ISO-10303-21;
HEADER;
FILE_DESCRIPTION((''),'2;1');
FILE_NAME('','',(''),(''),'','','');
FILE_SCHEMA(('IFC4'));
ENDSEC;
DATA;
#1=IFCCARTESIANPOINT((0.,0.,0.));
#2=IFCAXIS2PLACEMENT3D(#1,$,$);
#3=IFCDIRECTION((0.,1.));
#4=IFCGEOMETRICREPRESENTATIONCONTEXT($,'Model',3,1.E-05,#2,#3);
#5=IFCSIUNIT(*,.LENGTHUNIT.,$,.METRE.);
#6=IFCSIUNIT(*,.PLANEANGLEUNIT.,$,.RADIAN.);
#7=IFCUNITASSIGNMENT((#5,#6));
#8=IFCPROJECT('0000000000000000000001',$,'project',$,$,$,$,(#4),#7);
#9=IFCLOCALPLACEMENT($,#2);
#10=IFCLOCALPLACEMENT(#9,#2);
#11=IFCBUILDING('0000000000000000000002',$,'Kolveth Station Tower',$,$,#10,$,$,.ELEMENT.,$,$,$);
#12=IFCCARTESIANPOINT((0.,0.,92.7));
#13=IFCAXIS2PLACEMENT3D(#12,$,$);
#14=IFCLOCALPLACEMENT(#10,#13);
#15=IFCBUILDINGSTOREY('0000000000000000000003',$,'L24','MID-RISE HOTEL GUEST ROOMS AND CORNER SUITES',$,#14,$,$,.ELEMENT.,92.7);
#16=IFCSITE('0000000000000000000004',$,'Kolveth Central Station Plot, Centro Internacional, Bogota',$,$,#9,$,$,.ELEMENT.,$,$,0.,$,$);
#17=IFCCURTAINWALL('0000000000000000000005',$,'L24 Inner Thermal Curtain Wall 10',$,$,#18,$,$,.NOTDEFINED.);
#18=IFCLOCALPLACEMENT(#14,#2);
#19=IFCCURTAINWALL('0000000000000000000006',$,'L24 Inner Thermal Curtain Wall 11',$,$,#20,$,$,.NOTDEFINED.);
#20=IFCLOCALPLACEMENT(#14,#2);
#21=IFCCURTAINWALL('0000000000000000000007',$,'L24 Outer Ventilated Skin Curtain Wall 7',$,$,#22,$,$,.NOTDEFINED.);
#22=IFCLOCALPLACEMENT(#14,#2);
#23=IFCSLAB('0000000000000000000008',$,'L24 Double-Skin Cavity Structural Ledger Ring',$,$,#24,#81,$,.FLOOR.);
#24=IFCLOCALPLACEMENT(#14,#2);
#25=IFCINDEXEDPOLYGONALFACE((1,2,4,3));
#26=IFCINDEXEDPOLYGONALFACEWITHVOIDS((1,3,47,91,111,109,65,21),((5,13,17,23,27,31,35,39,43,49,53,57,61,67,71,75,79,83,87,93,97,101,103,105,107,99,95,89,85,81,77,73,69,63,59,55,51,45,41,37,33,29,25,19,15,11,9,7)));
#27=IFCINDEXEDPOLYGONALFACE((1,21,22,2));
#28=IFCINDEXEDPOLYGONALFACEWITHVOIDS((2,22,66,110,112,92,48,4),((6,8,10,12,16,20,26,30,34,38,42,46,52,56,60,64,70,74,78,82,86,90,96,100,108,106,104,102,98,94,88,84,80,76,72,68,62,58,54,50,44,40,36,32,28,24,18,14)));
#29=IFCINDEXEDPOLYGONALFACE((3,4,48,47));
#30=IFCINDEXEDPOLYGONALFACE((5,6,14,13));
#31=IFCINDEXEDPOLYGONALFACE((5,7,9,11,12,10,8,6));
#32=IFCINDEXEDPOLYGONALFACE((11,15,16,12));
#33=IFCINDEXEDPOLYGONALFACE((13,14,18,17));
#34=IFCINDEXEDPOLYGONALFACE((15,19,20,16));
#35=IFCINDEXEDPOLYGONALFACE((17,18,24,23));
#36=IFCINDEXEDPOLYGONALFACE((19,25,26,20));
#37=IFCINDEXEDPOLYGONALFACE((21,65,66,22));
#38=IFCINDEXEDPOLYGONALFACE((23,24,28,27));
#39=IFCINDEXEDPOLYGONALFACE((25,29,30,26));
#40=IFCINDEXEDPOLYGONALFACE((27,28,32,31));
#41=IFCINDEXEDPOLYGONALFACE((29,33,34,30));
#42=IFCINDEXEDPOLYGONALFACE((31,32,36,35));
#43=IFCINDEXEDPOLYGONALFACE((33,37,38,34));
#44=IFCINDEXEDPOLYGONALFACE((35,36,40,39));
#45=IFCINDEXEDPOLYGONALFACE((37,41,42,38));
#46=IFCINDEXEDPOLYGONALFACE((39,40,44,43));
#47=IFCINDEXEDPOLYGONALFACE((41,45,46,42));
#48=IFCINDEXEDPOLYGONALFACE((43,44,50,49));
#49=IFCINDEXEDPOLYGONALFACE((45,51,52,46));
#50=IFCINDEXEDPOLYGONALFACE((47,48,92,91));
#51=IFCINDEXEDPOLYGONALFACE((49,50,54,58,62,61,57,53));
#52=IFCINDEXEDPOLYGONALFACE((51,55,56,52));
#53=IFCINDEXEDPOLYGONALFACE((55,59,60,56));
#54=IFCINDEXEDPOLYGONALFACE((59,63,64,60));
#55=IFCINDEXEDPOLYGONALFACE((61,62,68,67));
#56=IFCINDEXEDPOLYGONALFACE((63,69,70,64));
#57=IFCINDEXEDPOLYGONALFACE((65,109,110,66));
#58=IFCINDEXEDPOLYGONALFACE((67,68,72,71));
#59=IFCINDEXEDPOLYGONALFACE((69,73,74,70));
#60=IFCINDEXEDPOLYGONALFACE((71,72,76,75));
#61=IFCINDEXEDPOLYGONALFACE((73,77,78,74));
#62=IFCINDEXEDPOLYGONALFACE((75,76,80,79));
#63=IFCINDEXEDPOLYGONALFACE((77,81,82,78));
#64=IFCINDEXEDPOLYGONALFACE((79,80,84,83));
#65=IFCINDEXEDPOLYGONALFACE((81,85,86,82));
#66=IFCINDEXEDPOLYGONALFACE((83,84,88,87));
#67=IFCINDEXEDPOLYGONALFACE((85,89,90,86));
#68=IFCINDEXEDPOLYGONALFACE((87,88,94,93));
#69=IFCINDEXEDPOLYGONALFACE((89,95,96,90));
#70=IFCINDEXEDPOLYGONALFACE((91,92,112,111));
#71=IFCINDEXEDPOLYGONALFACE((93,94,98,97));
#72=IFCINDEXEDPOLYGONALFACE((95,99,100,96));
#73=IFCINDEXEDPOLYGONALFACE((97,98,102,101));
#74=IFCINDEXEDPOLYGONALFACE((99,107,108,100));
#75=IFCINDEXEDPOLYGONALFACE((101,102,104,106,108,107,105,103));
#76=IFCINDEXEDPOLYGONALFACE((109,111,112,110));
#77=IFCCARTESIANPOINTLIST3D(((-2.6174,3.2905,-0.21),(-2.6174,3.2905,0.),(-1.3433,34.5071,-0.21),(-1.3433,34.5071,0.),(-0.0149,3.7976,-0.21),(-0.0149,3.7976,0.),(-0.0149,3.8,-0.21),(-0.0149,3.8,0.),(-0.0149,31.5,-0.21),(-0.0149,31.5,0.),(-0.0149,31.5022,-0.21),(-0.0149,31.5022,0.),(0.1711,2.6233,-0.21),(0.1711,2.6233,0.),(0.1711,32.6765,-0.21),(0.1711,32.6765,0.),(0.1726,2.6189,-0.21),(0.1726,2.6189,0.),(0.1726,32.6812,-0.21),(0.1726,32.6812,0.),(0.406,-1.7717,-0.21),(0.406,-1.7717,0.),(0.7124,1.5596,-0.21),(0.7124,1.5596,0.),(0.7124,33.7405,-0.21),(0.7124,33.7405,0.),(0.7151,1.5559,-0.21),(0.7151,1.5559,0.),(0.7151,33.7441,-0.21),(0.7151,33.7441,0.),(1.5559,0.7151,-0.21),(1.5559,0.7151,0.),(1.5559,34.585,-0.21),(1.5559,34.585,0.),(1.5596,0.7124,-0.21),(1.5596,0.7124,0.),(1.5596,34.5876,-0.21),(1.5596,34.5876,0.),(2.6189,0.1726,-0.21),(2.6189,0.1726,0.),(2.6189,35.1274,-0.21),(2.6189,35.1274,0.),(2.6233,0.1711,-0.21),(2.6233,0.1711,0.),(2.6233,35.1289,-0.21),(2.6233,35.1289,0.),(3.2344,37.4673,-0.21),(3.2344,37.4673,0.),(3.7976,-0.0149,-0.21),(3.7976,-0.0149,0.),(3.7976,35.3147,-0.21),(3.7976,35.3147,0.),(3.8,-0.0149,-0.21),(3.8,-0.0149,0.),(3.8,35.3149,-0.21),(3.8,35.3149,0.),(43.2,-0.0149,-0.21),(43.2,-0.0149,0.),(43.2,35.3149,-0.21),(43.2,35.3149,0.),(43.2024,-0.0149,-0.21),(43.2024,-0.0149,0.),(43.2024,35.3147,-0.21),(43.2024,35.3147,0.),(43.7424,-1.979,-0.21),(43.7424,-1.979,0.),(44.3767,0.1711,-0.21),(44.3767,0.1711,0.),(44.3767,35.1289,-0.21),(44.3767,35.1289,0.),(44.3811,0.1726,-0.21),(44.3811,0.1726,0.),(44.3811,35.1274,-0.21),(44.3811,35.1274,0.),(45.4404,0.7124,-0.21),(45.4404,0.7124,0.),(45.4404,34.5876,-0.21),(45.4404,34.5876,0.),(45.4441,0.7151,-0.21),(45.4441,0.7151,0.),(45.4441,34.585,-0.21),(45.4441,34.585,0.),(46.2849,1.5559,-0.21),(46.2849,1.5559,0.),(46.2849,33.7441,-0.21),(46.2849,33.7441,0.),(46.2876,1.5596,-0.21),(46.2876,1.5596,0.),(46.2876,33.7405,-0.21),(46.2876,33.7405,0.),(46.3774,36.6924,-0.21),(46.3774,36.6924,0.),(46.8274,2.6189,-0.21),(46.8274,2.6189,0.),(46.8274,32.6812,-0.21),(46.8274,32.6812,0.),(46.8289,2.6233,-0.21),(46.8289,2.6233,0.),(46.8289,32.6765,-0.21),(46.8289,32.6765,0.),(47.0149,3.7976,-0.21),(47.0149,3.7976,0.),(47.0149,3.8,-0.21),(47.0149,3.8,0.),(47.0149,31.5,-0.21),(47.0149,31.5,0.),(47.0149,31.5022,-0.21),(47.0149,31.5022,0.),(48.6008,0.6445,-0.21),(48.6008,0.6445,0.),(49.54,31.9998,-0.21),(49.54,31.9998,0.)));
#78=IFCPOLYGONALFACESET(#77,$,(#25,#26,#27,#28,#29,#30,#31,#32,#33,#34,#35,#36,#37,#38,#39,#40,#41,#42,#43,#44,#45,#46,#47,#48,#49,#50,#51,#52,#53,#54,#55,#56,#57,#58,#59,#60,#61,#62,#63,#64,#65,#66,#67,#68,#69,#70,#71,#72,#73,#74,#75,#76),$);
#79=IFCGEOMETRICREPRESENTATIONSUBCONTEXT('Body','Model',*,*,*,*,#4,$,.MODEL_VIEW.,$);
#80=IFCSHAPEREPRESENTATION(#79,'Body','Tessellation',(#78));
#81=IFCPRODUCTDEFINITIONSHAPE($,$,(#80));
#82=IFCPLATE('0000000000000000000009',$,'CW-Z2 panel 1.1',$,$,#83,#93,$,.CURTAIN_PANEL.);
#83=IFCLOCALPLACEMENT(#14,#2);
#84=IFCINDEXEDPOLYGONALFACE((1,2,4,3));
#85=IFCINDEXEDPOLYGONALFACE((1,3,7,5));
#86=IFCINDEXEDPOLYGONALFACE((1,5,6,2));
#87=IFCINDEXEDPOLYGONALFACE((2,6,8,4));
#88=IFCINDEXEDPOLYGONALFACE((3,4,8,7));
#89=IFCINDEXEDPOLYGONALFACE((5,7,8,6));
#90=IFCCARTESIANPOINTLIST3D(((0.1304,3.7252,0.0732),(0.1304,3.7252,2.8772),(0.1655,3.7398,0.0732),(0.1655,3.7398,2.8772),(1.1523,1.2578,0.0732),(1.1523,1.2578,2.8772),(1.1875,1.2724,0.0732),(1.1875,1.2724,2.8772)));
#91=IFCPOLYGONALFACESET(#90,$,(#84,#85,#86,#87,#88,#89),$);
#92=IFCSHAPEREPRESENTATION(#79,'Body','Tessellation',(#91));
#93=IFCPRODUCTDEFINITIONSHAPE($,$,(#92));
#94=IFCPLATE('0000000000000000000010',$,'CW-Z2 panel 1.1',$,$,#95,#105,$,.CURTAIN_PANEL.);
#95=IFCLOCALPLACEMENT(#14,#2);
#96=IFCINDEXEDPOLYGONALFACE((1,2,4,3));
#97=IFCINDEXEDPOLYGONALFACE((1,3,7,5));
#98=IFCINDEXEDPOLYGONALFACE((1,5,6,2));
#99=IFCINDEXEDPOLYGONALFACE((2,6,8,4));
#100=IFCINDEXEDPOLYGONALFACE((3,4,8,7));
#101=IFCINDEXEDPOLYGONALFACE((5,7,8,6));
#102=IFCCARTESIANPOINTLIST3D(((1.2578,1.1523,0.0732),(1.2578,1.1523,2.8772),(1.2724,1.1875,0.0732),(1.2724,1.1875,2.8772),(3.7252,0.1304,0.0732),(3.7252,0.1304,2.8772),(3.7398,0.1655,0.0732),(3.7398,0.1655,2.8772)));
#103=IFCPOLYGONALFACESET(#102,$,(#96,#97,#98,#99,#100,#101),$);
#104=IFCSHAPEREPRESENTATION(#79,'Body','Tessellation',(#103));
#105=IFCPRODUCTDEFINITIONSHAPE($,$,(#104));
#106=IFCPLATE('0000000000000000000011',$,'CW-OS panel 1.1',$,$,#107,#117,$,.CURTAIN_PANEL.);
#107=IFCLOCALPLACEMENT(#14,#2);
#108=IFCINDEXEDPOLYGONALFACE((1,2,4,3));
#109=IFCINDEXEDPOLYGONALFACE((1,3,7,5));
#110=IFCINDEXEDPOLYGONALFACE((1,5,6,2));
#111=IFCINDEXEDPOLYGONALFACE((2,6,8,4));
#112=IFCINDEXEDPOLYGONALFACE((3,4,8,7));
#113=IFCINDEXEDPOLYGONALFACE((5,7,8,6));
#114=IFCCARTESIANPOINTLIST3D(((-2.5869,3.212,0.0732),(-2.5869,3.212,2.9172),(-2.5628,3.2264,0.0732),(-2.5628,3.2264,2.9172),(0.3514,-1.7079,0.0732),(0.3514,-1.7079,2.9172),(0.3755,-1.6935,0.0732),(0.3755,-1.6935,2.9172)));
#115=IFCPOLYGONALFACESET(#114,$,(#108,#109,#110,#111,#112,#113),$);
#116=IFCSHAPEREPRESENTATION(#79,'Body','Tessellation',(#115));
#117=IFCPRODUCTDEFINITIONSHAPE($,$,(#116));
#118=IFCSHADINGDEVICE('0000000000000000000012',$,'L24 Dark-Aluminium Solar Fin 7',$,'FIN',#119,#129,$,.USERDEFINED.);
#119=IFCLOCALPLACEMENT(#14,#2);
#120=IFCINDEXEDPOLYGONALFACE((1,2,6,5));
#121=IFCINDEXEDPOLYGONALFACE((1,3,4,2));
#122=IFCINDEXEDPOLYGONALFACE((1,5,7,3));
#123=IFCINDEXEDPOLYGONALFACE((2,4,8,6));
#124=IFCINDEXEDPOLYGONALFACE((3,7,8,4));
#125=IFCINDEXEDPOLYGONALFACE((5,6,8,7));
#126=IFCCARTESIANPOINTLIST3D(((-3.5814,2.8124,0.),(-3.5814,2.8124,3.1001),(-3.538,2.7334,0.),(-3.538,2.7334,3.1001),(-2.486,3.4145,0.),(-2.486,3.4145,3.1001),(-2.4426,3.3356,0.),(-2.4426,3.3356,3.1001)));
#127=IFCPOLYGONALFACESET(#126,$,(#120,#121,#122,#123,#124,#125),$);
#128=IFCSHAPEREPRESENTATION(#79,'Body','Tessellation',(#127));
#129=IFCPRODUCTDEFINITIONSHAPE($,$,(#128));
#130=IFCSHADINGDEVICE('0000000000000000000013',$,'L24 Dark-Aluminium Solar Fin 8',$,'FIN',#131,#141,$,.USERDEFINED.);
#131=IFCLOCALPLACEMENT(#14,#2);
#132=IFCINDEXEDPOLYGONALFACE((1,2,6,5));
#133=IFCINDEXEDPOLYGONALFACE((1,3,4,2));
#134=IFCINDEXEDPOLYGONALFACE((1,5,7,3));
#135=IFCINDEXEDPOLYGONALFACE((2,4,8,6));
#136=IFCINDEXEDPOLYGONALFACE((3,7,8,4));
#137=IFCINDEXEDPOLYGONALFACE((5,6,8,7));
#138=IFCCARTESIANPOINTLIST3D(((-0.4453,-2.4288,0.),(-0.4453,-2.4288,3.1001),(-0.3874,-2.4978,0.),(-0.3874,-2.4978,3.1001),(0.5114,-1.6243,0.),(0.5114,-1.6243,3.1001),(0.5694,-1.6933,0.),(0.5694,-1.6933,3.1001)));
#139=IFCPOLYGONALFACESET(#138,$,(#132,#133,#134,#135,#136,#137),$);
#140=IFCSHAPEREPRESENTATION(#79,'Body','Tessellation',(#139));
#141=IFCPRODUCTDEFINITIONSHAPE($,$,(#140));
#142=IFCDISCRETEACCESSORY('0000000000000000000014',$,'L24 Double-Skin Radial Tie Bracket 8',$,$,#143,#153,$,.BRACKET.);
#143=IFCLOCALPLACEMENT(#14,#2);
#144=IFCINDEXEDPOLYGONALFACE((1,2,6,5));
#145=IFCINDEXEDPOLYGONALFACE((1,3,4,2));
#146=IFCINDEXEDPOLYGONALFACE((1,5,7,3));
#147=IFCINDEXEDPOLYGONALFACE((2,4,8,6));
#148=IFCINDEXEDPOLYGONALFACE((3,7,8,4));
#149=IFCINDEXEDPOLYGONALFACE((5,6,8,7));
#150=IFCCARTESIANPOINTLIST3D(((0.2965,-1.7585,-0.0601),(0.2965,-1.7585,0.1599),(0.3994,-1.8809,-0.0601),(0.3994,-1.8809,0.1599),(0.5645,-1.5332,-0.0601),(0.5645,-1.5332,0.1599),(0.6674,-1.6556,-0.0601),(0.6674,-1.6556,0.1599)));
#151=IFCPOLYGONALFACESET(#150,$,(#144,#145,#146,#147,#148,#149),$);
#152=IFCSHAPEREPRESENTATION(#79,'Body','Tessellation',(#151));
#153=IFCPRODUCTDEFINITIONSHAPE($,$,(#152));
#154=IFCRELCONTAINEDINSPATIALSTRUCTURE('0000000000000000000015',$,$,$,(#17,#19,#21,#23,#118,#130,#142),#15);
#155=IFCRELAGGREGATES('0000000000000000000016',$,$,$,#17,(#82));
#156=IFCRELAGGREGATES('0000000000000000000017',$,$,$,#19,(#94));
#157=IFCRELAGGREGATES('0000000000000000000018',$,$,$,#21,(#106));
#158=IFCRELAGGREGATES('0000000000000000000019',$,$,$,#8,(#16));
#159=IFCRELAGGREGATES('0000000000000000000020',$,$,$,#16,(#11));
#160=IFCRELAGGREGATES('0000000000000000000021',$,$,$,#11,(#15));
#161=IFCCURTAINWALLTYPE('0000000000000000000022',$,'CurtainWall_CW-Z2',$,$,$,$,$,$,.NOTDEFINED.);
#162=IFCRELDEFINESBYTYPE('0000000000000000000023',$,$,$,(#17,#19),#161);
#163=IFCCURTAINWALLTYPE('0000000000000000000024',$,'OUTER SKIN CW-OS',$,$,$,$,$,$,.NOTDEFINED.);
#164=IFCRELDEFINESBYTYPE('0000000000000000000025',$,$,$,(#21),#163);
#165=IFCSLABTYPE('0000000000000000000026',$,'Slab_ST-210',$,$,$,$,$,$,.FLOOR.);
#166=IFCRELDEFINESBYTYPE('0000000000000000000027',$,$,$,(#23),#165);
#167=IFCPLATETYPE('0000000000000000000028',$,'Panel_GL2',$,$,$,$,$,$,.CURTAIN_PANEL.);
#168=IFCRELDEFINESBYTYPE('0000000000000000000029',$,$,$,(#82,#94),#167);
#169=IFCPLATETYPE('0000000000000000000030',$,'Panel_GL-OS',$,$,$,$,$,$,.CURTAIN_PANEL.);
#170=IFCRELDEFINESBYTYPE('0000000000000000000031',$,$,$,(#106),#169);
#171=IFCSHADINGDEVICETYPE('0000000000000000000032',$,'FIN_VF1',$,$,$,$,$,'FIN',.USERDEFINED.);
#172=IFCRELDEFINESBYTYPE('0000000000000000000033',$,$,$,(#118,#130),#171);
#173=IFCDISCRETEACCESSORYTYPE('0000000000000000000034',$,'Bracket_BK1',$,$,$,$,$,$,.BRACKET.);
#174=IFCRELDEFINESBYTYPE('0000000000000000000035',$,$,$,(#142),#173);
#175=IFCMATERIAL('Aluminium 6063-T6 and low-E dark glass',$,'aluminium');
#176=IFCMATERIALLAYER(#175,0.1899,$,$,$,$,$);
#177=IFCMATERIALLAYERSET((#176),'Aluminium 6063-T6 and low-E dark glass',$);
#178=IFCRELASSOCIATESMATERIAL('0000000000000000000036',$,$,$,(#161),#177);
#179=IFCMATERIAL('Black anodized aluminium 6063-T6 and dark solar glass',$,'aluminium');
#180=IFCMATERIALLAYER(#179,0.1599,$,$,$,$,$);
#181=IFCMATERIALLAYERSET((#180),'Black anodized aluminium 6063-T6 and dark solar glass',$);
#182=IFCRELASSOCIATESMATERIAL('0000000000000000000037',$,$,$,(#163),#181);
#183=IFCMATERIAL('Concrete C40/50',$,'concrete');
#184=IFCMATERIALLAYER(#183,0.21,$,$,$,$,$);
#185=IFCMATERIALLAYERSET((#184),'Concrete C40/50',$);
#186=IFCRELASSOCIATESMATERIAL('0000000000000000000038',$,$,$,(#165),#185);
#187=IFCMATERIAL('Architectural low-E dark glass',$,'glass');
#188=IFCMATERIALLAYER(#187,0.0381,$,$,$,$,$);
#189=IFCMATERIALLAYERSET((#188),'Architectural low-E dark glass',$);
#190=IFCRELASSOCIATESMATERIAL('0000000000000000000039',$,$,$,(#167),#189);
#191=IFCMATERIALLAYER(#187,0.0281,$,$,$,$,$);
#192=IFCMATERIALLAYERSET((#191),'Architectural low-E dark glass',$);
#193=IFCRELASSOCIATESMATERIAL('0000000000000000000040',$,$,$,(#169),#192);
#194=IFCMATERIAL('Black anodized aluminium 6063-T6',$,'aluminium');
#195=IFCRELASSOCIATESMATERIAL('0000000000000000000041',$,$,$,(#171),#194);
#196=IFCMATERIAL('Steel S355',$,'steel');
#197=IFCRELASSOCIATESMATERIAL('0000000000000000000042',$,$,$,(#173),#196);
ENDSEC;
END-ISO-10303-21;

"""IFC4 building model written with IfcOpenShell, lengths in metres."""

from ifc_helpers import new_model, si_unit, direction, frame, origin, origin_2d, place, context, subcontext, project, spatial, polyline, rectangle, outline, extrude, source, transform, mapped, material, layer, layer_set, type_object, element, aggregate, save


model = new_model("IFC4")

# Units and contexts
model_context = context("Model", 3, precision=1e-05, world=origin(), true_north=direction((0.0, 1.0)))
body_context = subcontext(model_context, "Body", "Model", "MODEL_VIEW")
ifc_project = project(units=[si_unit("LENGTHUNIT", "METRE"), si_unit("PLANEANGLEUNIT", "RADIAN")], contexts=[model_context])

# Site, building, storey
site_placement = place(None, origin())
site = spatial("IfcSite", under=ifc_project, at=site_placement, Name="Kolveth Central Station Plot, Centro Internacional, Bogota", CompositionType="ELEMENT", RefElevation=0.0)
building_placement = place(site_placement, origin())
building = spatial("IfcBuilding", under=site, at=building_placement, Name="Kolveth Station Tower", CompositionType="ELEMENT")
storey_placement = place(building_placement, frame((0.0, 0.0, 92.7)))
storey = spatial("IfcBuildingStorey", under=building, at=storey_placement, Name="L24", Description="MID-RISE HOTEL GUEST ROOMS AND CORNER SUITES", CompositionType="ELEMENT", Elevation=92.7)

# Shared definitions
ifc_material_1 = material(Name="Steel S355", Category="steel")

# Curtain wall
ifc_material_2 = material(Name="Aluminium 6063-T6 and low-E dark glass", Category="aluminium")
ifc_layer_1 = layer(ifc_material_2, 0.1899)
ifc_layer_set_1 = layer_set([ifc_layer_1], Name="Aluminium 6063-T6 and low-E dark glass")
curtain_wall_type_1 = type_object("IfcCurtainWallType", Name="CurtainWall_CW-Z2", PredefinedType="NOTDEFINED", material=ifc_layer_set_1)
curtain_wall_1_placement = place(storey_placement, origin())
curtain_wall_1 = element("IfcCurtainWall", 1, at=curtain_wall_1_placement, inside=storey, type_object=curtain_wall_type_1, Name="L24 Inner Thermal Curtain Wall 10", PredefinedType="NOTDEFINED")
ifc_material_3 = material(Name="Black anodized aluminium 6063-T6", Category="aluminium")

# Curtain wall
curtain_wall_2_placement = place(storey_placement, origin())
curtain_wall_2 = element("IfcCurtainWall", 2, at=curtain_wall_2_placement, inside=storey, type_object=curtain_wall_type_1, Name="L24 Inner Thermal Curtain Wall 11", PredefinedType="NOTDEFINED")

# Curtain wall
ifc_material_4 = material(Name="Black anodized aluminium 6063-T6 and dark solar glass", Category="aluminium")
ifc_layer_2 = layer(ifc_material_4, 0.1599)
ifc_layer_set_2 = layer_set([ifc_layer_2], Name="Black anodized aluminium 6063-T6 and dark solar glass")
curtain_wall_type_2 = type_object("IfcCurtainWallType", Name="OUTER SKIN CW-OS", PredefinedType="NOTDEFINED", material=ifc_layer_set_2)
curtain_wall_3_placement = place(storey_placement, origin())
curtain_wall_3 = element("IfcCurtainWall", 3, at=curtain_wall_3_placement, inside=storey, type_object=curtain_wall_type_2, Name="L24 Outer Ventilated Skin Curtain Wall 7", PredefinedType="NOTDEFINED")

# Shared definitions
ifc_material_5 = material(Name="Concrete C40/50", Category="concrete")

# Slab
ifc_layer_3 = layer(ifc_material_5, 0.21)
ifc_layer_set_3 = layer_set([ifc_layer_3], Name="Concrete C40/50")
slab_type_1 = type_object("IfcSlabType", Name="Slab_ST-210", PredefinedType="FLOOR", material=ifc_layer_set_3)
slab_1_placement = place(storey_placement, frame((0.0, 0.0, -0.21)))
element("IfcSlab", 4, at=slab_1_placement, inside=storey, type_object=slab_type_1, Name="L24 Double-Skin Cavity Structural Ledger Ring", PredefinedType="FLOOR", context=body_context, shape_type="SweptSolid", body=[
    extrude(outline(polyline([(0.406, -1.7717), (-2.6174, 3.2905), (-1.3433, 34.5071), (3.2344, 37.4673), (46.3774, 36.6924), (49.54, 31.9998), (48.6008, 0.6445), (43.7424, -1.979), (0.406, -1.7717)]), holes=[polyline([(43.2024, -0.0149), (44.3767, 0.1711), (44.3811, 0.1726), (45.4404, 0.7124), (45.4441, 0.7151), (46.2849, 1.5559), (46.2876, 1.5596), (46.8274, 2.6189), (46.8289, 2.6233), (47.0149, 3.7976), (47.0149, 3.8), (47.0149, 31.5), (47.0149, 31.5022), (46.8289, 32.6765), (46.8274, 32.6812), (46.2876, 33.7405), (46.2849, 33.7441), (45.4441, 34.585), (45.4404, 34.5876), (44.3811, 35.1274), (44.3767, 35.1289), (43.2024, 35.3147), (43.2, 35.3149), (3.8, 35.3149), (3.7976, 35.3147), (2.6233, 35.1289), (2.6189, 35.1274), (1.5596, 34.5876), (1.5559, 34.585), (0.7151, 33.7441), (0.7124, 33.7405), (0.1726, 32.6812), (0.1711, 32.6765), (-0.0149, 31.5022), (-0.0149, 31.5), (-0.0149, 3.8), (-0.0149, 3.7976), (0.1711, 2.6233), (0.1726, 2.6189), (0.7124, 1.5596), (0.7151, 1.5559), (1.5559, 0.7151), (1.5596, 0.7124), (2.6189, 0.1726), (2.6233, 0.1711), (3.7976, -0.0149), (3.8, -0.0149), (43.2, -0.0149), (43.2024, -0.0149)])]), origin(), (0.0, 0.0, 1.0), 0.21),
])

# Plates
ifc_material_6 = material(Name="Architectural low-E dark glass", Category="glass")
ifc_layer_4 = layer(ifc_material_6, 0.0381)
ifc_layer_set_4 = layer_set([ifc_layer_4], Name="Architectural low-E dark glass")
plate_type_1 = type_object("IfcPlateType", Name="Panel_GL2", PredefinedType="CURTAIN_PANEL", material=ifc_layer_set_4)
shared_shape_1 = source(origin(), body_context, "Body", "SweptSolid", [
    extrude(rectangle(XDim=2.6707, YDim=0.0381, at=origin_2d()), origin(), (0.0, 0.0, 1.0), 2.804),
])
plate_1_placement = place(storey_placement, frame((0.6589, 2.4988, 0.0732), z_axis=(0.0, 0.0, 1.0), x_axis=(0.382663, -0.923888, 0.0)))
plate_1 = element("IfcPlate", 5, at=plate_1_placement, type_object=plate_type_1, Name="CW-Z2 panel 1.1", PredefinedType="CURTAIN_PANEL", context=body_context, shape_type="MappedRepresentation", body=[
    mapped(shared_shape_1, transform((0.0, 0.0, 0.0), x_axis=(1.0, 0.0, 0.0), y_axis=(0.0, 1.0, 0.0), z_axis=(0.0, 0.0, 1.0), scale=1.0)),
])
aggregate(curtain_wall_1, [plate_1])
plate_2_placement = place(storey_placement, frame((2.4988, 0.6589, 0.0732), z_axis=(0.0, 0.0, 1.0), x_axis=(0.923888, -0.382663, 0.0)))
plate_2 = element("IfcPlate", 6, at=plate_2_placement, type_object=plate_type_1, Name="CW-Z2 panel 1.1", PredefinedType="CURTAIN_PANEL", context=body_context, shape_type="MappedRepresentation", body=[
    mapped(shared_shape_1, transform((0.0, 0.0, 0.0), x_axis=(1.0, 0.0, 0.0), y_axis=(0.0, 1.0, 0.0), z_axis=(0.0, 0.0, 1.0), scale=1.0)),
])
aggregate(curtain_wall_2, [plate_2])
ifc_layer_5 = layer(ifc_material_6, 0.0281)
ifc_layer_set_5 = layer_set([ifc_layer_5], Name="Architectural low-E dark glass")
plate_type_2 = type_object("IfcPlateType", Name="Panel_GL-OS", PredefinedType="CURTAIN_PANEL", material=ifc_layer_set_5)
shared_shape_2 = source(origin(), body_context, "Body", "SweptSolid", [
    extrude(rectangle(XDim=5.7305, YDim=0.0281, at=origin_2d()), origin(), (0.0, 0.0, 1.0), 2.844),
])
plate_3_placement = place(storey_placement, frame((-1.1057, 0.7593, 0.0732), z_axis=(0.0, 0.0, 1.0), x_axis=(0.512739, -0.858545, 0.0)))
plate_3 = element("IfcPlate", 7, at=plate_3_placement, type_object=plate_type_2, Name="CW-OS panel 1.1", PredefinedType="CURTAIN_PANEL", context=body_context, shape_type="MappedRepresentation", body=[
    mapped(shared_shape_2, transform((0.0, 0.0, 0.0), x_axis=(1.0, 0.0, 0.0), y_axis=(0.0, 1.0, 0.0), z_axis=(0.0, 0.0, 1.0), scale=1.0)),
])
aggregate(curtain_wall_3, [plate_3])

# Shading devices
shading_device_type = type_object("IfcShadingDeviceType", Name="FIN_VF1", ElementType="FIN", PredefinedType="USERDEFINED", material=ifc_material_3)
shared_shape_3 = source(origin(), body_context, "Body", "SweptSolid", [
    extrude(rectangle(XDim=1.25, YDim=0.0901, at=origin_2d()), origin(), (0.0, 0.0, 1.0), 3.1001),
])
for number, where, z_axis, x_axis, name in (
    (8, (-3.012, 3.074, 0.0), (0.0, 0.0, 1.0), (-0.876307, -0.481754, 0.0), "L24 Dark-Aluminium Solar Fin 7"),
    (9, (0.062, -2.061, 0.0), (0.0, 0.0, 1.0), (-0.765371, -0.643589, 0.0), "L24 Dark-Aluminium Solar Fin 8"),
):
    element("IfcShadingDevice", number, at=place(storey_placement, frame(where, z_axis=z_axis, x_axis=x_axis)), inside=storey, type_object=shading_device_type, Name=name, ObjectType="FIN", PredefinedType="USERDEFINED", context=body_context, shape_type="MappedRepresentation", body=[
        mapped(shared_shape_3, transform((0.0, 0.0, 0.0), x_axis=(1.0, 0.0, 0.0), y_axis=(0.0, 1.0, 0.0), z_axis=(0.0, 0.0, 1.0), scale=1.0)),
    ])

# Discrete accessory
discrete_accessory_type = type_object("IfcDiscreteAccessoryType", Name="Bracket_BK1", PredefinedType="BRACKET", material=ifc_material_1)
shared_shape_4 = source(origin(), body_context, "Body", "SweptSolid", [
    extrude(rectangle(XDim=0.3501, YDim=0.1599, at=origin_2d()), origin(), (0.0, 0.0, 1.0), 0.22),
])
discrete_accessory_placement = place(storey_placement, frame((0.4819, -1.707, -0.0601), z_axis=(0.0, 0.0, 1.0), x_axis=(-0.765371, -0.643589, 0.0)))
element("IfcDiscreteAccessory", 10, at=discrete_accessory_placement, inside=storey, type_object=discrete_accessory_type, Name="L24 Double-Skin Radial Tie Bracket 8", PredefinedType="BRACKET", context=body_context, shape_type="MappedRepresentation", body=[
    mapped(shared_shape_4, transform((0.0, 0.0, 0.0), x_axis=(1.0, 0.0, 0.0), y_axis=(0.0, 1.0, 0.0), z_axis=(0.0, 0.0, 1.0), scale=1.0)),
])

save(model, "model.ifc")
